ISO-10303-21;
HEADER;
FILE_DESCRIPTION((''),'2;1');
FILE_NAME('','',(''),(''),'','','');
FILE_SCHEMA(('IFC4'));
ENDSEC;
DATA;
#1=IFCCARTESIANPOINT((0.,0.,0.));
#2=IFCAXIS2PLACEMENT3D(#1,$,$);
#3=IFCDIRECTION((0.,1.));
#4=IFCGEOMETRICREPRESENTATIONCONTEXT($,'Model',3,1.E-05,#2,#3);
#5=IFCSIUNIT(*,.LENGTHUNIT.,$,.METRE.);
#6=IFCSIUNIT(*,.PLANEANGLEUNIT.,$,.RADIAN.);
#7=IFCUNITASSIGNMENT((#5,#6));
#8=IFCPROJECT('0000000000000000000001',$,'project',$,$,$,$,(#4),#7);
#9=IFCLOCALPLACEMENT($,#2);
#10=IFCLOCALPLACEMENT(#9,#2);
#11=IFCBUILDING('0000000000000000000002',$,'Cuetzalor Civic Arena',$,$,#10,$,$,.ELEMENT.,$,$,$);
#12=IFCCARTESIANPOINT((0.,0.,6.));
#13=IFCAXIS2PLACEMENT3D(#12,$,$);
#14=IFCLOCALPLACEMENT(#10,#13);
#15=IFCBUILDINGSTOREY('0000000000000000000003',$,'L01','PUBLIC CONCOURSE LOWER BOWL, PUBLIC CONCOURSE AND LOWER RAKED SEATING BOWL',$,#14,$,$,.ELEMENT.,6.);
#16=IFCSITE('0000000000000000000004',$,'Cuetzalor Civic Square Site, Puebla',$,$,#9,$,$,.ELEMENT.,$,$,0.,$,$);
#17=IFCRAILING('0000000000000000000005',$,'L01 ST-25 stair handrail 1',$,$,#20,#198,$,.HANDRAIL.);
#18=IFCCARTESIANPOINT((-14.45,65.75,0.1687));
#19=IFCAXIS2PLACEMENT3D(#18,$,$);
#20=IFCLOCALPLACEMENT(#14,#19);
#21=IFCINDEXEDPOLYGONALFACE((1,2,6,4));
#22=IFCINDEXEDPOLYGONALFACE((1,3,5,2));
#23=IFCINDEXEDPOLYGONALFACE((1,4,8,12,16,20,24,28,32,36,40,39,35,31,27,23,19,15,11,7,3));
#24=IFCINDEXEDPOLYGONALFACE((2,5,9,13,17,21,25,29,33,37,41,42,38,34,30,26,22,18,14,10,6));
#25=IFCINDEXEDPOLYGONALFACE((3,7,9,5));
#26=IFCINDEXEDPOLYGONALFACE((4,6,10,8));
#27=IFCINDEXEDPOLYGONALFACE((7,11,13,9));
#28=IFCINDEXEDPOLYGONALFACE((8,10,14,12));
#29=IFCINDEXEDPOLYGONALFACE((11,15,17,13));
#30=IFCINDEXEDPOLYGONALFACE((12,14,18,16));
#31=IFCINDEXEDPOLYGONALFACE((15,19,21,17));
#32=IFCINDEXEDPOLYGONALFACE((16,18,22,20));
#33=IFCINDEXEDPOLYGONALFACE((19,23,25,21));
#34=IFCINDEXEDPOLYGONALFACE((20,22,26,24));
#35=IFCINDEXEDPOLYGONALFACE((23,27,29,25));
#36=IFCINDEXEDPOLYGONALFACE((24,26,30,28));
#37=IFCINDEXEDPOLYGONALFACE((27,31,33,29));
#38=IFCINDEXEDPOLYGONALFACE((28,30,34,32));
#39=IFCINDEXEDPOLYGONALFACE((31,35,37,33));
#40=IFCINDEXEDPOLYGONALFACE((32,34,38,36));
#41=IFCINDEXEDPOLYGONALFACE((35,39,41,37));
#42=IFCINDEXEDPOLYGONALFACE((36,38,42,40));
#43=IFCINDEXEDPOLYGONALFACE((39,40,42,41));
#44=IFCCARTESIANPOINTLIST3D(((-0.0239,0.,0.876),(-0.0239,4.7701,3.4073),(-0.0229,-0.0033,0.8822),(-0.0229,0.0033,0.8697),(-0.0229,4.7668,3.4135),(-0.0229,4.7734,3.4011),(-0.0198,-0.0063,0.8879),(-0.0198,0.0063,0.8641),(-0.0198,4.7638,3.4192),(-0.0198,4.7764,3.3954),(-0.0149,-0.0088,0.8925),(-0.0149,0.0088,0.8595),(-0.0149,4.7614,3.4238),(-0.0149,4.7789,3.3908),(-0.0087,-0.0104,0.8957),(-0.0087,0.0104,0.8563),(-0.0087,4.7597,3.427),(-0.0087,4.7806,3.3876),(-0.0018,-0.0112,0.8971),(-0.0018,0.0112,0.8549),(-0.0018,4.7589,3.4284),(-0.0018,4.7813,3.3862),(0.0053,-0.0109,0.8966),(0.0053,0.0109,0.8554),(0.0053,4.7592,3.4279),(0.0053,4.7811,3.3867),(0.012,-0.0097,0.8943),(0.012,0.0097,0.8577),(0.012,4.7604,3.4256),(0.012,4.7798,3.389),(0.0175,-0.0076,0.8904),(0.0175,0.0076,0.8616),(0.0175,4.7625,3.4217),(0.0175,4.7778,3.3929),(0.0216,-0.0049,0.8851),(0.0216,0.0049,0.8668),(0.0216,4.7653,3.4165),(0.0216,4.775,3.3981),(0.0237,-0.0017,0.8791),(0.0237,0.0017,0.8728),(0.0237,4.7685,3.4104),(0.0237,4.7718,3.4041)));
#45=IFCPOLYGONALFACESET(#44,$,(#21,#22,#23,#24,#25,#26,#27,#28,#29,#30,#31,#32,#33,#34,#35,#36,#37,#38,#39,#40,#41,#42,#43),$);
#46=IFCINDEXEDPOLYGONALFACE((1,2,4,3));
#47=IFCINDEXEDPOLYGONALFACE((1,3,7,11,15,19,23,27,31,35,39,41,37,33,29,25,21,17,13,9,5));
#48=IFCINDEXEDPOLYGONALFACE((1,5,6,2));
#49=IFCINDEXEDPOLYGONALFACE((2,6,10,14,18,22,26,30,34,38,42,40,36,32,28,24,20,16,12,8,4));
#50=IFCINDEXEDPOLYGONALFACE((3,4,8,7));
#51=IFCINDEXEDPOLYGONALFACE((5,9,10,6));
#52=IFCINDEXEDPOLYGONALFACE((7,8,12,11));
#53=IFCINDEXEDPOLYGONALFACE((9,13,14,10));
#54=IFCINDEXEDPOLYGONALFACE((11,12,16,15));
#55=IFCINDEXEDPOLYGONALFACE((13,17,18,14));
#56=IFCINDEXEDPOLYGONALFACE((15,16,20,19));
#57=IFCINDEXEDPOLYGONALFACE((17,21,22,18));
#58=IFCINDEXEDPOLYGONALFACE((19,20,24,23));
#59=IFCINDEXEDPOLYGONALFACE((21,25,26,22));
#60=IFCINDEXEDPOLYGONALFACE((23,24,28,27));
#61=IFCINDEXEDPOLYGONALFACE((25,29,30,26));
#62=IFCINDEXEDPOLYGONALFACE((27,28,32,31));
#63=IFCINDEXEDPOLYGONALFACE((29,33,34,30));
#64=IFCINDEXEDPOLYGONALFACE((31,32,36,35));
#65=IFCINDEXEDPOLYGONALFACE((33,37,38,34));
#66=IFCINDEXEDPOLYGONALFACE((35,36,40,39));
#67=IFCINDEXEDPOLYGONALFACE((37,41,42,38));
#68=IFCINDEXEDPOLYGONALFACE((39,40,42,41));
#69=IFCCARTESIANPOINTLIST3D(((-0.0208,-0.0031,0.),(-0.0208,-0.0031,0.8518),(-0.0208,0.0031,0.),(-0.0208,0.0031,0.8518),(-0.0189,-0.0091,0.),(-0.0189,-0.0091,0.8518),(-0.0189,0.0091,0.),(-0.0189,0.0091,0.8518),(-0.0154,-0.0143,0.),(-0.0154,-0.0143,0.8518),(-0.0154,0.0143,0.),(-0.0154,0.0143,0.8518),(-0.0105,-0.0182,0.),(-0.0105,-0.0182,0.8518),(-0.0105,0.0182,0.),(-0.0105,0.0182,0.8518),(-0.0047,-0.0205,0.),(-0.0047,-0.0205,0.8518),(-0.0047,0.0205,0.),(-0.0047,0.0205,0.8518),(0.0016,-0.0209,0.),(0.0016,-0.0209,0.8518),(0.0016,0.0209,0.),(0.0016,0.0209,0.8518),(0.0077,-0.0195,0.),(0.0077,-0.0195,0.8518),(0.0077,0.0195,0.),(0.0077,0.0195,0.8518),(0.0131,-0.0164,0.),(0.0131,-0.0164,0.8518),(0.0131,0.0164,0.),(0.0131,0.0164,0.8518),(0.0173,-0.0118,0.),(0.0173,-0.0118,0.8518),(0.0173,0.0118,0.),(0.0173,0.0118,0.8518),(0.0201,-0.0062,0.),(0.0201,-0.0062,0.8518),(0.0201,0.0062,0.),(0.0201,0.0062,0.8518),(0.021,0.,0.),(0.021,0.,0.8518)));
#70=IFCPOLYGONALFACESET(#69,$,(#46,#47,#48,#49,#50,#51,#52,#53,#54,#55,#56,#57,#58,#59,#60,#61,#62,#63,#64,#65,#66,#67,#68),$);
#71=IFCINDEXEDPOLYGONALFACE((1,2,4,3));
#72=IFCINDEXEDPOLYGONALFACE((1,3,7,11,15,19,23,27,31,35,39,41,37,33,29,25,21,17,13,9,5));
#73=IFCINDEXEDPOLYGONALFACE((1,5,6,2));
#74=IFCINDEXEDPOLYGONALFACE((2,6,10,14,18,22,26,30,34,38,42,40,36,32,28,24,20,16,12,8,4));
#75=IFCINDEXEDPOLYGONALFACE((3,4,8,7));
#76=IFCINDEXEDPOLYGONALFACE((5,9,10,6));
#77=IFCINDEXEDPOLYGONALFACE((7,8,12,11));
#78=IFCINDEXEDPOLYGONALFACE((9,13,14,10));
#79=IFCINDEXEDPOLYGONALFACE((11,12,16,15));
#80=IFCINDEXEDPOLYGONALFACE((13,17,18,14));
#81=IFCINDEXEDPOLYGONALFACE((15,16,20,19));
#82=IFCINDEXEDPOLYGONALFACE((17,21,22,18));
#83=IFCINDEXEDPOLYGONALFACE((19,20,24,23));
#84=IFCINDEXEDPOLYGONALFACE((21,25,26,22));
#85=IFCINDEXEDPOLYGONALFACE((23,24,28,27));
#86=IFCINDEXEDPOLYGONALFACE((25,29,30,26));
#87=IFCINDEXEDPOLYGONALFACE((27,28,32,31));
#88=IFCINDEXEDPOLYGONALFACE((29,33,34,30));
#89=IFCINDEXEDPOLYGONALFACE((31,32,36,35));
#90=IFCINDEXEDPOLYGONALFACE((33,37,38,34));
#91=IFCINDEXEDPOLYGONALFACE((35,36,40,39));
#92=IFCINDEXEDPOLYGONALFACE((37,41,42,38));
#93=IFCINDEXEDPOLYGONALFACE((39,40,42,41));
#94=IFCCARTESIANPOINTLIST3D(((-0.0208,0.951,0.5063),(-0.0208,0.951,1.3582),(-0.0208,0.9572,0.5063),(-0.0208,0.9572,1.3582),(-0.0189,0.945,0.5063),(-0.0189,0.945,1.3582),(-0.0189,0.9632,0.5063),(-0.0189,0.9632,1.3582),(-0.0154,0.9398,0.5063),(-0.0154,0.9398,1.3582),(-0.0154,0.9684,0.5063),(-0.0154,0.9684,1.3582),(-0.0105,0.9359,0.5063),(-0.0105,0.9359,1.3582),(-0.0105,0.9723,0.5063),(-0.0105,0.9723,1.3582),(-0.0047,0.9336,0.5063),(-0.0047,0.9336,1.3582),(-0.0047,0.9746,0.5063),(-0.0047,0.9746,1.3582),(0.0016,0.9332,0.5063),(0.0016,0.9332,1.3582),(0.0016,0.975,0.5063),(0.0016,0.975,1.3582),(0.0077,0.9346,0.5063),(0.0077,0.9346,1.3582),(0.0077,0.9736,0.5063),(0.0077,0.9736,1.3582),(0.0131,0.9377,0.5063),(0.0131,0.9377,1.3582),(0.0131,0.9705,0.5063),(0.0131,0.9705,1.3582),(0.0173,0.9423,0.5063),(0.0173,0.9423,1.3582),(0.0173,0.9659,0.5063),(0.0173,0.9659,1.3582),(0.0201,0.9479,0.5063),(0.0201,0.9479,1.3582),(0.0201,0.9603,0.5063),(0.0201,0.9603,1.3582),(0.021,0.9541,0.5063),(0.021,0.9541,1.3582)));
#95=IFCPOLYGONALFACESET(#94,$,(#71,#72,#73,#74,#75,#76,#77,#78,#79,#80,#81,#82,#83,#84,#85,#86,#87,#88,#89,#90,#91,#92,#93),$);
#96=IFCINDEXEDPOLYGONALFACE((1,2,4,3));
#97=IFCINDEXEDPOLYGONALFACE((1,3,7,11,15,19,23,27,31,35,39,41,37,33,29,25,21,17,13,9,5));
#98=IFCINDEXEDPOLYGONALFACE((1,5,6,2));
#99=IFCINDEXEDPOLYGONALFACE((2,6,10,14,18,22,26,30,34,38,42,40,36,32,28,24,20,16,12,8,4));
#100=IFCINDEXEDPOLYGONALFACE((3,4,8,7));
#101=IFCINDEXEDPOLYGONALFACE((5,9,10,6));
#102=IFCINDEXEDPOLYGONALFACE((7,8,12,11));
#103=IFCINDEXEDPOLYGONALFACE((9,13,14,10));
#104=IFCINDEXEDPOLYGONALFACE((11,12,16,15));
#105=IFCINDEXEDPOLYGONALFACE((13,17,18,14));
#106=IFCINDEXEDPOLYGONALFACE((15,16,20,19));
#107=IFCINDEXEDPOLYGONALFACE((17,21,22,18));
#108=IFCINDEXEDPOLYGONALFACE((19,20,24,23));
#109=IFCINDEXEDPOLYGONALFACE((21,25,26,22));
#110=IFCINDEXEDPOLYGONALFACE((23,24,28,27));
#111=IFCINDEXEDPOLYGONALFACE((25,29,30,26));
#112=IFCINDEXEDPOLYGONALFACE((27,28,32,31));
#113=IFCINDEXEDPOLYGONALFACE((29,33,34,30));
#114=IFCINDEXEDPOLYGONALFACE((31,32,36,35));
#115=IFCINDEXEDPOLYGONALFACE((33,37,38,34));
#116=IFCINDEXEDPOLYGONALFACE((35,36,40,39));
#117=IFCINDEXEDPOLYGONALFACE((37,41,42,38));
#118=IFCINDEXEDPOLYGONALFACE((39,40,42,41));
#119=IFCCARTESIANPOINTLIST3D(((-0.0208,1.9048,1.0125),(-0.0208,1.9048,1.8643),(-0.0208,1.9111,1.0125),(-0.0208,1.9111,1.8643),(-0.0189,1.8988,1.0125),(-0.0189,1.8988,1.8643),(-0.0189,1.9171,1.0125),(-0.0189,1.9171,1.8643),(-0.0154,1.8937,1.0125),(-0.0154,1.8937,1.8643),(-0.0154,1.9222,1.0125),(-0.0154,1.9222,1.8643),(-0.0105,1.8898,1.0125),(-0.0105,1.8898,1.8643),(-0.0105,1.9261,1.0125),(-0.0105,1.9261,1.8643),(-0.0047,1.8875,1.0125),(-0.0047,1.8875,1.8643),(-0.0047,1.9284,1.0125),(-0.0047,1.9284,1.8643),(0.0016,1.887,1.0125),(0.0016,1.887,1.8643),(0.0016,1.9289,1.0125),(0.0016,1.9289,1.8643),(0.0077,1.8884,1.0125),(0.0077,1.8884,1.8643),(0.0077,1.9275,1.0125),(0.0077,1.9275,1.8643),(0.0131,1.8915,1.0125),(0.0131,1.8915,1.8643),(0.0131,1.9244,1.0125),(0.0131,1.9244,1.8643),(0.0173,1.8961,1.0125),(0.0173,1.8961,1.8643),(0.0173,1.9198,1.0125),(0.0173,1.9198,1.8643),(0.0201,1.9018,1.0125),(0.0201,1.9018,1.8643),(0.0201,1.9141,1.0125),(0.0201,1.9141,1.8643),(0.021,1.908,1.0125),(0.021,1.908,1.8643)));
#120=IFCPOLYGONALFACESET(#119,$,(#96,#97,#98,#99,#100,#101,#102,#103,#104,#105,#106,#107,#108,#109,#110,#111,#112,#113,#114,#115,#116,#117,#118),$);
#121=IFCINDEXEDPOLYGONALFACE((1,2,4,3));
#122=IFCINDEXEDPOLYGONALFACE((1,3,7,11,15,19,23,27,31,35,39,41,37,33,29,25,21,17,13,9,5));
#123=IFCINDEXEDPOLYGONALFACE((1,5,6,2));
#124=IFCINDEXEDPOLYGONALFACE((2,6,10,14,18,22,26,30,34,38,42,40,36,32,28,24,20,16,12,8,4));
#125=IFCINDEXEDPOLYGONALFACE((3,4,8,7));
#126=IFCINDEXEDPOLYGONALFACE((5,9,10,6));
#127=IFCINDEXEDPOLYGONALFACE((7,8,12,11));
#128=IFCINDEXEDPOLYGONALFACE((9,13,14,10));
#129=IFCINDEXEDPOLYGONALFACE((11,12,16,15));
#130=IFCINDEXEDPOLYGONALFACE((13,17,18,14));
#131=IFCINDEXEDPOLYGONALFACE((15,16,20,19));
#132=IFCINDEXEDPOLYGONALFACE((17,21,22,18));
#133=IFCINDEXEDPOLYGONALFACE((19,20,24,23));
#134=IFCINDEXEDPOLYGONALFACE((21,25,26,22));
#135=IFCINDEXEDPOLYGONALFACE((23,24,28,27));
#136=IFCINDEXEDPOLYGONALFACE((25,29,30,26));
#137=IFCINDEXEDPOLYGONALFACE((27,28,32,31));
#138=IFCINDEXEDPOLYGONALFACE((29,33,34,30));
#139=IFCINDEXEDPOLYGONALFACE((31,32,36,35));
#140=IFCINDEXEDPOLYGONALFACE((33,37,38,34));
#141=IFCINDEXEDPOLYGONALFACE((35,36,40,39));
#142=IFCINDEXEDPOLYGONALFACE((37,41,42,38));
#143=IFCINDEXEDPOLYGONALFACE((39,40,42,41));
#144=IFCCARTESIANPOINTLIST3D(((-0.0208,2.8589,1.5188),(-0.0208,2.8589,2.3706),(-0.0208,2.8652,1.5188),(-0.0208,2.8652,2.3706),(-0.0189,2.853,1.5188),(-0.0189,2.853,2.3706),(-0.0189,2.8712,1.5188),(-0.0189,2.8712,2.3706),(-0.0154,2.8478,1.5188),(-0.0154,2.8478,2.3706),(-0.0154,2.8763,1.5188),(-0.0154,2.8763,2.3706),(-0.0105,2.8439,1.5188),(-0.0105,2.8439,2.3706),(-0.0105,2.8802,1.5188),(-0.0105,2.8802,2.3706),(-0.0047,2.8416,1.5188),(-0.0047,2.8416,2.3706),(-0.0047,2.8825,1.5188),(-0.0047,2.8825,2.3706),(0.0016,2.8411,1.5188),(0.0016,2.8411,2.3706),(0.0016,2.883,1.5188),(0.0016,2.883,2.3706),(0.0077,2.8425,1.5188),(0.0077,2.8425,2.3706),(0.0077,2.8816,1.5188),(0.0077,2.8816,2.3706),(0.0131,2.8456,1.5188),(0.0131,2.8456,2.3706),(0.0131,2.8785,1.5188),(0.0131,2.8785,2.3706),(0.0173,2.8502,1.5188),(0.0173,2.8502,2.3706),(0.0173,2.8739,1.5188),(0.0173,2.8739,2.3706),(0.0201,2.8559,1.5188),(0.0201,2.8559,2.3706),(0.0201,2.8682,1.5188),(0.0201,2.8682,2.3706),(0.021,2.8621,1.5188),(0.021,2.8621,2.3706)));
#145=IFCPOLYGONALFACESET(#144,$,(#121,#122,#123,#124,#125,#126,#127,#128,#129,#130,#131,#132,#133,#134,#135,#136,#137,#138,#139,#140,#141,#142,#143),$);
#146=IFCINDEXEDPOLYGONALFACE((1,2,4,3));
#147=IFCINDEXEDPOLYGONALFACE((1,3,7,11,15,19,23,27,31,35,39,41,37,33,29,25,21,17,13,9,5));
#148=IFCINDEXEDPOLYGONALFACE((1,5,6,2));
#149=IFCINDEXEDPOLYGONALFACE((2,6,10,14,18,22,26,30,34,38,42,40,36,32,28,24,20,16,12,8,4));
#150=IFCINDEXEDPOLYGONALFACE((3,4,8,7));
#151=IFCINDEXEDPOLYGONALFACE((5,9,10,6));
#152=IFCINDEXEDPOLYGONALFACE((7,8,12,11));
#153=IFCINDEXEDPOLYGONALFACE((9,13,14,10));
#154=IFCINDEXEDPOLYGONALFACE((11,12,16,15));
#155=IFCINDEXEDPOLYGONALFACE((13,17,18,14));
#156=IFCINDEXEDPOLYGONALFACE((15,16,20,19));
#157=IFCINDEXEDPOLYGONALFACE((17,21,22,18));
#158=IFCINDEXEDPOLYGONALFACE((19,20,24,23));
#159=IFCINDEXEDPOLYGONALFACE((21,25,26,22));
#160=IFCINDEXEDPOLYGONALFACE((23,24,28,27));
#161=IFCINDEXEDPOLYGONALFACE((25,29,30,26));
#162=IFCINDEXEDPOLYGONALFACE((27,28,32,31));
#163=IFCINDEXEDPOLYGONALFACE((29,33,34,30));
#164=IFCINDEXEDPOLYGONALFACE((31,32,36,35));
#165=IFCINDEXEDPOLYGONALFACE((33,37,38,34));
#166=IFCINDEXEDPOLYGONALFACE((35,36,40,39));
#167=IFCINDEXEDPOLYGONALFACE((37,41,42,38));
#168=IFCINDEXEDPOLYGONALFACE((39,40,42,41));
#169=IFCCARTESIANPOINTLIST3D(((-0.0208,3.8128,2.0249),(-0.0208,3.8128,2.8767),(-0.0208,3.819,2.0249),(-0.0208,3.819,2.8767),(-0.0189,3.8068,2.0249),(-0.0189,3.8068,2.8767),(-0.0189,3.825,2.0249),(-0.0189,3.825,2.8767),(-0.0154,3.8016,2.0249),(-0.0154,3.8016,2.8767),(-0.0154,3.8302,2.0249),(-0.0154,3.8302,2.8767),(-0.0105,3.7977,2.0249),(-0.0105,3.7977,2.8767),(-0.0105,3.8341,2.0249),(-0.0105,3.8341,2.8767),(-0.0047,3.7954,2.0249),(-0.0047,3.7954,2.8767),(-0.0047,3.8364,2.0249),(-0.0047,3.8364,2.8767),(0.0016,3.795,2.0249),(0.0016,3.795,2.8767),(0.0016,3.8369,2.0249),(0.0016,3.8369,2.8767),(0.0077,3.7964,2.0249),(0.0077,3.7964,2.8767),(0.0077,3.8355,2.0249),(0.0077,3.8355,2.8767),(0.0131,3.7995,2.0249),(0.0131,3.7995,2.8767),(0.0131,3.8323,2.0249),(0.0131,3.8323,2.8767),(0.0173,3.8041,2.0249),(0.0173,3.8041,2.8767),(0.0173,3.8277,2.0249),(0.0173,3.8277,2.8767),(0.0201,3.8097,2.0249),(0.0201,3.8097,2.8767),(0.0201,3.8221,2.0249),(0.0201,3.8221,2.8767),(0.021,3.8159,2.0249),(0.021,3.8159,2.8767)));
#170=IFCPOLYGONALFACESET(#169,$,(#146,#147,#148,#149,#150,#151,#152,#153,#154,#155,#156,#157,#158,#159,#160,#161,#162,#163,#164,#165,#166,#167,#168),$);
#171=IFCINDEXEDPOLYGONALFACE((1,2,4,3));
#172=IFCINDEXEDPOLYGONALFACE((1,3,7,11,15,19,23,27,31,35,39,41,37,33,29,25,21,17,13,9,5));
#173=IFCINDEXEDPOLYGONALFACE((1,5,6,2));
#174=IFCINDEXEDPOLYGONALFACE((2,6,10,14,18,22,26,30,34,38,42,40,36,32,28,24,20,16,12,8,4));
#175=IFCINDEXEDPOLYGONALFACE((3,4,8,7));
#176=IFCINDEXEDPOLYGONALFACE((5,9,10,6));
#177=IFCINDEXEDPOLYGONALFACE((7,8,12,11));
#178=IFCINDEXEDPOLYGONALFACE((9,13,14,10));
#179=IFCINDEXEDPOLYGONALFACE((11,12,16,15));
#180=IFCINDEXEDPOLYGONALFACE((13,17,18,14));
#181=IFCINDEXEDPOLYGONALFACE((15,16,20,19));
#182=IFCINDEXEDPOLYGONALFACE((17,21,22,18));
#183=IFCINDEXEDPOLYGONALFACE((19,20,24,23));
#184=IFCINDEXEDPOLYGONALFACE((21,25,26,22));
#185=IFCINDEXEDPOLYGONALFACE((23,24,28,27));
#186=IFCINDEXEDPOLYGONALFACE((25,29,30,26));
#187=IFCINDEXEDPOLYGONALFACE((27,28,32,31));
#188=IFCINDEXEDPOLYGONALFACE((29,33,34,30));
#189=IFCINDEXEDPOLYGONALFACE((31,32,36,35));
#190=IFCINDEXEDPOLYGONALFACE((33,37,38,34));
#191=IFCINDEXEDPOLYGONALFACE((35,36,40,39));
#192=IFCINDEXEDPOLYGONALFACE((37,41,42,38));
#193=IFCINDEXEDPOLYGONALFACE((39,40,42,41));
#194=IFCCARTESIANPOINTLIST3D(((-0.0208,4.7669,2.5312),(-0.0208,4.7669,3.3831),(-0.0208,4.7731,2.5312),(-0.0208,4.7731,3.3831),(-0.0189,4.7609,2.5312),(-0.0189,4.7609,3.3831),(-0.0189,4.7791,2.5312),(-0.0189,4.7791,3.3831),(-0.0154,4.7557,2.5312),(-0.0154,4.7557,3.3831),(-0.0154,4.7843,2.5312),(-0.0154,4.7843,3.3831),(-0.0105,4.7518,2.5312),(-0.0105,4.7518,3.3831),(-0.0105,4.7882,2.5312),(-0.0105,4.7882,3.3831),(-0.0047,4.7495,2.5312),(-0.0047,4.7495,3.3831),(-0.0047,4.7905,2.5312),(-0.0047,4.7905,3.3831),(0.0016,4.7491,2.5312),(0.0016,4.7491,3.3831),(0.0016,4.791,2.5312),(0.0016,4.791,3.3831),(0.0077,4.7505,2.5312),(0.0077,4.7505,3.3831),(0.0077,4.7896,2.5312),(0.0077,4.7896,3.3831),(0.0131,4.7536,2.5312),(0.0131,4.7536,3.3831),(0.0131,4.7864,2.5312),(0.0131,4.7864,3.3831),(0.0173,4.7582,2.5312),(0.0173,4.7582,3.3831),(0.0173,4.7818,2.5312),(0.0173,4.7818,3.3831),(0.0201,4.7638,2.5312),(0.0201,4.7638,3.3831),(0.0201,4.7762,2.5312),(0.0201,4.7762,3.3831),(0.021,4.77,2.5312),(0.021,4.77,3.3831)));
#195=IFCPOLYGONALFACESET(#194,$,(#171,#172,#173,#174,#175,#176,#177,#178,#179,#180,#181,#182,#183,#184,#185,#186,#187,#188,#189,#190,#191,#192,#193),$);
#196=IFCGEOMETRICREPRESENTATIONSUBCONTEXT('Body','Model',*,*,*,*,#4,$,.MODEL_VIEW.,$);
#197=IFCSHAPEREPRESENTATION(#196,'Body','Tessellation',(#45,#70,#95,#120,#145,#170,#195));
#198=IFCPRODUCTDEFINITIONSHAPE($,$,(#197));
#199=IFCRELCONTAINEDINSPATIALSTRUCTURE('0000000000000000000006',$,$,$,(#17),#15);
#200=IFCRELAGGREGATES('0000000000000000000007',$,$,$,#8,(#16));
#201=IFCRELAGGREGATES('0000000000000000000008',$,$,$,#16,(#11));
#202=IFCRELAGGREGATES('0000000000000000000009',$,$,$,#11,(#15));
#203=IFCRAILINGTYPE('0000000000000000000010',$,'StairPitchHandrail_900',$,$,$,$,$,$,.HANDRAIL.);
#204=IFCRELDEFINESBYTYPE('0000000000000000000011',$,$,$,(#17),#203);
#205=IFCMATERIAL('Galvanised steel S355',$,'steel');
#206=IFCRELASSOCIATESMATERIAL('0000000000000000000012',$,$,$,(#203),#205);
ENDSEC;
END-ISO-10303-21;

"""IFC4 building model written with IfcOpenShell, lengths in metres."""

from ifc_helpers import new_model, si_unit, direction, frame, origin, origin_2d, place, context, subcontext, project, spatial, circle, extrude, material, type_object, element, save


model = new_model("IFC4")

# Units and contexts
model_context = context("Model", 3, precision=1e-05, world=origin(), true_north=direction((0.0, 1.0)))
body_context = subcontext(model_context, "Body", "Model", "MODEL_VIEW")
ifc_project = project(units=[si_unit("LENGTHUNIT", "METRE"), si_unit("PLANEANGLEUNIT", "RADIAN")], contexts=[model_context])

# Site, building, storey
site_placement = place(None, origin())
site = spatial("IfcSite", under=ifc_project, at=site_placement, Name="Cuetzalor Civic Square Site, Puebla", CompositionType="ELEMENT", RefElevation=0.0)
building_placement = place(site_placement, origin())
building = spatial("IfcBuilding", under=site, at=building_placement, Name="Cuetzalor Civic Arena", CompositionType="ELEMENT")
storey_placement = place(building_placement, frame((0.0, 0.0, 6.0)))
storey = spatial("IfcBuildingStorey", under=building, at=storey_placement, Name="L01", Description="PUBLIC CONCOURSE LOWER BOWL, PUBLIC CONCOURSE AND LOWER RAKED SEATING BOWL", CompositionType="ELEMENT", Elevation=6.0)

# Railing
ifc_material_1 = material(Name="Galvanised steel S355", Category="steel")
railing_type = type_object("IfcRailingType", Name="StairPitchHandrail_900", PredefinedType="HANDRAIL", material=ifc_material_1)
railing_placement = place(storey_placement, frame((-14.45, 65.75, 0.1687)))
element("IfcRailing", 1, at=railing_placement, inside=storey, type_object=railing_type, Name="L01 ST-25 stair handrail 1", PredefinedType="HANDRAIL", context=body_context, shape_type="SweptSolid", body=[
    extrude(circle(Radius=0.0239, at=origin_2d()), frame((0.0, 0.0, 0.876), z_axis=(0.0, 0.883332, 0.468747), x_axis=(-1.0, 0.0, 0.0)), (0.0, 0.0, 1.0), 5.4001),
    extrude(circle(Radius=0.021, at=origin_2d()), origin(), (0.0, 0.0, 1.0), 0.8518),
    extrude(circle(Radius=0.021, at=origin_2d()), frame((0.0, 0.9541, 0.5063)), (0.0, 0.0, 1.0), 0.8518),
    extrude(circle(Radius=0.021, at=origin_2d()), frame((0.0, 1.908, 1.0125)), (0.0, 0.0, 1.0), 0.8518),
    extrude(circle(Radius=0.021, at=origin_2d()), frame((0.0, 2.8621, 1.5188)), (0.0, 0.0, 1.0), 0.8518),
    extrude(circle(Radius=0.021, at=origin_2d()), frame((0.0, 3.8159, 2.0249)), (0.0, 0.0, 1.0), 0.8518),
    extrude(circle(Radius=0.021, at=origin_2d()), frame((0.0, 4.77, 2.5312)), (0.0, 0.0, 1.0), 0.8518),
])

save(model, "model.ifc")
